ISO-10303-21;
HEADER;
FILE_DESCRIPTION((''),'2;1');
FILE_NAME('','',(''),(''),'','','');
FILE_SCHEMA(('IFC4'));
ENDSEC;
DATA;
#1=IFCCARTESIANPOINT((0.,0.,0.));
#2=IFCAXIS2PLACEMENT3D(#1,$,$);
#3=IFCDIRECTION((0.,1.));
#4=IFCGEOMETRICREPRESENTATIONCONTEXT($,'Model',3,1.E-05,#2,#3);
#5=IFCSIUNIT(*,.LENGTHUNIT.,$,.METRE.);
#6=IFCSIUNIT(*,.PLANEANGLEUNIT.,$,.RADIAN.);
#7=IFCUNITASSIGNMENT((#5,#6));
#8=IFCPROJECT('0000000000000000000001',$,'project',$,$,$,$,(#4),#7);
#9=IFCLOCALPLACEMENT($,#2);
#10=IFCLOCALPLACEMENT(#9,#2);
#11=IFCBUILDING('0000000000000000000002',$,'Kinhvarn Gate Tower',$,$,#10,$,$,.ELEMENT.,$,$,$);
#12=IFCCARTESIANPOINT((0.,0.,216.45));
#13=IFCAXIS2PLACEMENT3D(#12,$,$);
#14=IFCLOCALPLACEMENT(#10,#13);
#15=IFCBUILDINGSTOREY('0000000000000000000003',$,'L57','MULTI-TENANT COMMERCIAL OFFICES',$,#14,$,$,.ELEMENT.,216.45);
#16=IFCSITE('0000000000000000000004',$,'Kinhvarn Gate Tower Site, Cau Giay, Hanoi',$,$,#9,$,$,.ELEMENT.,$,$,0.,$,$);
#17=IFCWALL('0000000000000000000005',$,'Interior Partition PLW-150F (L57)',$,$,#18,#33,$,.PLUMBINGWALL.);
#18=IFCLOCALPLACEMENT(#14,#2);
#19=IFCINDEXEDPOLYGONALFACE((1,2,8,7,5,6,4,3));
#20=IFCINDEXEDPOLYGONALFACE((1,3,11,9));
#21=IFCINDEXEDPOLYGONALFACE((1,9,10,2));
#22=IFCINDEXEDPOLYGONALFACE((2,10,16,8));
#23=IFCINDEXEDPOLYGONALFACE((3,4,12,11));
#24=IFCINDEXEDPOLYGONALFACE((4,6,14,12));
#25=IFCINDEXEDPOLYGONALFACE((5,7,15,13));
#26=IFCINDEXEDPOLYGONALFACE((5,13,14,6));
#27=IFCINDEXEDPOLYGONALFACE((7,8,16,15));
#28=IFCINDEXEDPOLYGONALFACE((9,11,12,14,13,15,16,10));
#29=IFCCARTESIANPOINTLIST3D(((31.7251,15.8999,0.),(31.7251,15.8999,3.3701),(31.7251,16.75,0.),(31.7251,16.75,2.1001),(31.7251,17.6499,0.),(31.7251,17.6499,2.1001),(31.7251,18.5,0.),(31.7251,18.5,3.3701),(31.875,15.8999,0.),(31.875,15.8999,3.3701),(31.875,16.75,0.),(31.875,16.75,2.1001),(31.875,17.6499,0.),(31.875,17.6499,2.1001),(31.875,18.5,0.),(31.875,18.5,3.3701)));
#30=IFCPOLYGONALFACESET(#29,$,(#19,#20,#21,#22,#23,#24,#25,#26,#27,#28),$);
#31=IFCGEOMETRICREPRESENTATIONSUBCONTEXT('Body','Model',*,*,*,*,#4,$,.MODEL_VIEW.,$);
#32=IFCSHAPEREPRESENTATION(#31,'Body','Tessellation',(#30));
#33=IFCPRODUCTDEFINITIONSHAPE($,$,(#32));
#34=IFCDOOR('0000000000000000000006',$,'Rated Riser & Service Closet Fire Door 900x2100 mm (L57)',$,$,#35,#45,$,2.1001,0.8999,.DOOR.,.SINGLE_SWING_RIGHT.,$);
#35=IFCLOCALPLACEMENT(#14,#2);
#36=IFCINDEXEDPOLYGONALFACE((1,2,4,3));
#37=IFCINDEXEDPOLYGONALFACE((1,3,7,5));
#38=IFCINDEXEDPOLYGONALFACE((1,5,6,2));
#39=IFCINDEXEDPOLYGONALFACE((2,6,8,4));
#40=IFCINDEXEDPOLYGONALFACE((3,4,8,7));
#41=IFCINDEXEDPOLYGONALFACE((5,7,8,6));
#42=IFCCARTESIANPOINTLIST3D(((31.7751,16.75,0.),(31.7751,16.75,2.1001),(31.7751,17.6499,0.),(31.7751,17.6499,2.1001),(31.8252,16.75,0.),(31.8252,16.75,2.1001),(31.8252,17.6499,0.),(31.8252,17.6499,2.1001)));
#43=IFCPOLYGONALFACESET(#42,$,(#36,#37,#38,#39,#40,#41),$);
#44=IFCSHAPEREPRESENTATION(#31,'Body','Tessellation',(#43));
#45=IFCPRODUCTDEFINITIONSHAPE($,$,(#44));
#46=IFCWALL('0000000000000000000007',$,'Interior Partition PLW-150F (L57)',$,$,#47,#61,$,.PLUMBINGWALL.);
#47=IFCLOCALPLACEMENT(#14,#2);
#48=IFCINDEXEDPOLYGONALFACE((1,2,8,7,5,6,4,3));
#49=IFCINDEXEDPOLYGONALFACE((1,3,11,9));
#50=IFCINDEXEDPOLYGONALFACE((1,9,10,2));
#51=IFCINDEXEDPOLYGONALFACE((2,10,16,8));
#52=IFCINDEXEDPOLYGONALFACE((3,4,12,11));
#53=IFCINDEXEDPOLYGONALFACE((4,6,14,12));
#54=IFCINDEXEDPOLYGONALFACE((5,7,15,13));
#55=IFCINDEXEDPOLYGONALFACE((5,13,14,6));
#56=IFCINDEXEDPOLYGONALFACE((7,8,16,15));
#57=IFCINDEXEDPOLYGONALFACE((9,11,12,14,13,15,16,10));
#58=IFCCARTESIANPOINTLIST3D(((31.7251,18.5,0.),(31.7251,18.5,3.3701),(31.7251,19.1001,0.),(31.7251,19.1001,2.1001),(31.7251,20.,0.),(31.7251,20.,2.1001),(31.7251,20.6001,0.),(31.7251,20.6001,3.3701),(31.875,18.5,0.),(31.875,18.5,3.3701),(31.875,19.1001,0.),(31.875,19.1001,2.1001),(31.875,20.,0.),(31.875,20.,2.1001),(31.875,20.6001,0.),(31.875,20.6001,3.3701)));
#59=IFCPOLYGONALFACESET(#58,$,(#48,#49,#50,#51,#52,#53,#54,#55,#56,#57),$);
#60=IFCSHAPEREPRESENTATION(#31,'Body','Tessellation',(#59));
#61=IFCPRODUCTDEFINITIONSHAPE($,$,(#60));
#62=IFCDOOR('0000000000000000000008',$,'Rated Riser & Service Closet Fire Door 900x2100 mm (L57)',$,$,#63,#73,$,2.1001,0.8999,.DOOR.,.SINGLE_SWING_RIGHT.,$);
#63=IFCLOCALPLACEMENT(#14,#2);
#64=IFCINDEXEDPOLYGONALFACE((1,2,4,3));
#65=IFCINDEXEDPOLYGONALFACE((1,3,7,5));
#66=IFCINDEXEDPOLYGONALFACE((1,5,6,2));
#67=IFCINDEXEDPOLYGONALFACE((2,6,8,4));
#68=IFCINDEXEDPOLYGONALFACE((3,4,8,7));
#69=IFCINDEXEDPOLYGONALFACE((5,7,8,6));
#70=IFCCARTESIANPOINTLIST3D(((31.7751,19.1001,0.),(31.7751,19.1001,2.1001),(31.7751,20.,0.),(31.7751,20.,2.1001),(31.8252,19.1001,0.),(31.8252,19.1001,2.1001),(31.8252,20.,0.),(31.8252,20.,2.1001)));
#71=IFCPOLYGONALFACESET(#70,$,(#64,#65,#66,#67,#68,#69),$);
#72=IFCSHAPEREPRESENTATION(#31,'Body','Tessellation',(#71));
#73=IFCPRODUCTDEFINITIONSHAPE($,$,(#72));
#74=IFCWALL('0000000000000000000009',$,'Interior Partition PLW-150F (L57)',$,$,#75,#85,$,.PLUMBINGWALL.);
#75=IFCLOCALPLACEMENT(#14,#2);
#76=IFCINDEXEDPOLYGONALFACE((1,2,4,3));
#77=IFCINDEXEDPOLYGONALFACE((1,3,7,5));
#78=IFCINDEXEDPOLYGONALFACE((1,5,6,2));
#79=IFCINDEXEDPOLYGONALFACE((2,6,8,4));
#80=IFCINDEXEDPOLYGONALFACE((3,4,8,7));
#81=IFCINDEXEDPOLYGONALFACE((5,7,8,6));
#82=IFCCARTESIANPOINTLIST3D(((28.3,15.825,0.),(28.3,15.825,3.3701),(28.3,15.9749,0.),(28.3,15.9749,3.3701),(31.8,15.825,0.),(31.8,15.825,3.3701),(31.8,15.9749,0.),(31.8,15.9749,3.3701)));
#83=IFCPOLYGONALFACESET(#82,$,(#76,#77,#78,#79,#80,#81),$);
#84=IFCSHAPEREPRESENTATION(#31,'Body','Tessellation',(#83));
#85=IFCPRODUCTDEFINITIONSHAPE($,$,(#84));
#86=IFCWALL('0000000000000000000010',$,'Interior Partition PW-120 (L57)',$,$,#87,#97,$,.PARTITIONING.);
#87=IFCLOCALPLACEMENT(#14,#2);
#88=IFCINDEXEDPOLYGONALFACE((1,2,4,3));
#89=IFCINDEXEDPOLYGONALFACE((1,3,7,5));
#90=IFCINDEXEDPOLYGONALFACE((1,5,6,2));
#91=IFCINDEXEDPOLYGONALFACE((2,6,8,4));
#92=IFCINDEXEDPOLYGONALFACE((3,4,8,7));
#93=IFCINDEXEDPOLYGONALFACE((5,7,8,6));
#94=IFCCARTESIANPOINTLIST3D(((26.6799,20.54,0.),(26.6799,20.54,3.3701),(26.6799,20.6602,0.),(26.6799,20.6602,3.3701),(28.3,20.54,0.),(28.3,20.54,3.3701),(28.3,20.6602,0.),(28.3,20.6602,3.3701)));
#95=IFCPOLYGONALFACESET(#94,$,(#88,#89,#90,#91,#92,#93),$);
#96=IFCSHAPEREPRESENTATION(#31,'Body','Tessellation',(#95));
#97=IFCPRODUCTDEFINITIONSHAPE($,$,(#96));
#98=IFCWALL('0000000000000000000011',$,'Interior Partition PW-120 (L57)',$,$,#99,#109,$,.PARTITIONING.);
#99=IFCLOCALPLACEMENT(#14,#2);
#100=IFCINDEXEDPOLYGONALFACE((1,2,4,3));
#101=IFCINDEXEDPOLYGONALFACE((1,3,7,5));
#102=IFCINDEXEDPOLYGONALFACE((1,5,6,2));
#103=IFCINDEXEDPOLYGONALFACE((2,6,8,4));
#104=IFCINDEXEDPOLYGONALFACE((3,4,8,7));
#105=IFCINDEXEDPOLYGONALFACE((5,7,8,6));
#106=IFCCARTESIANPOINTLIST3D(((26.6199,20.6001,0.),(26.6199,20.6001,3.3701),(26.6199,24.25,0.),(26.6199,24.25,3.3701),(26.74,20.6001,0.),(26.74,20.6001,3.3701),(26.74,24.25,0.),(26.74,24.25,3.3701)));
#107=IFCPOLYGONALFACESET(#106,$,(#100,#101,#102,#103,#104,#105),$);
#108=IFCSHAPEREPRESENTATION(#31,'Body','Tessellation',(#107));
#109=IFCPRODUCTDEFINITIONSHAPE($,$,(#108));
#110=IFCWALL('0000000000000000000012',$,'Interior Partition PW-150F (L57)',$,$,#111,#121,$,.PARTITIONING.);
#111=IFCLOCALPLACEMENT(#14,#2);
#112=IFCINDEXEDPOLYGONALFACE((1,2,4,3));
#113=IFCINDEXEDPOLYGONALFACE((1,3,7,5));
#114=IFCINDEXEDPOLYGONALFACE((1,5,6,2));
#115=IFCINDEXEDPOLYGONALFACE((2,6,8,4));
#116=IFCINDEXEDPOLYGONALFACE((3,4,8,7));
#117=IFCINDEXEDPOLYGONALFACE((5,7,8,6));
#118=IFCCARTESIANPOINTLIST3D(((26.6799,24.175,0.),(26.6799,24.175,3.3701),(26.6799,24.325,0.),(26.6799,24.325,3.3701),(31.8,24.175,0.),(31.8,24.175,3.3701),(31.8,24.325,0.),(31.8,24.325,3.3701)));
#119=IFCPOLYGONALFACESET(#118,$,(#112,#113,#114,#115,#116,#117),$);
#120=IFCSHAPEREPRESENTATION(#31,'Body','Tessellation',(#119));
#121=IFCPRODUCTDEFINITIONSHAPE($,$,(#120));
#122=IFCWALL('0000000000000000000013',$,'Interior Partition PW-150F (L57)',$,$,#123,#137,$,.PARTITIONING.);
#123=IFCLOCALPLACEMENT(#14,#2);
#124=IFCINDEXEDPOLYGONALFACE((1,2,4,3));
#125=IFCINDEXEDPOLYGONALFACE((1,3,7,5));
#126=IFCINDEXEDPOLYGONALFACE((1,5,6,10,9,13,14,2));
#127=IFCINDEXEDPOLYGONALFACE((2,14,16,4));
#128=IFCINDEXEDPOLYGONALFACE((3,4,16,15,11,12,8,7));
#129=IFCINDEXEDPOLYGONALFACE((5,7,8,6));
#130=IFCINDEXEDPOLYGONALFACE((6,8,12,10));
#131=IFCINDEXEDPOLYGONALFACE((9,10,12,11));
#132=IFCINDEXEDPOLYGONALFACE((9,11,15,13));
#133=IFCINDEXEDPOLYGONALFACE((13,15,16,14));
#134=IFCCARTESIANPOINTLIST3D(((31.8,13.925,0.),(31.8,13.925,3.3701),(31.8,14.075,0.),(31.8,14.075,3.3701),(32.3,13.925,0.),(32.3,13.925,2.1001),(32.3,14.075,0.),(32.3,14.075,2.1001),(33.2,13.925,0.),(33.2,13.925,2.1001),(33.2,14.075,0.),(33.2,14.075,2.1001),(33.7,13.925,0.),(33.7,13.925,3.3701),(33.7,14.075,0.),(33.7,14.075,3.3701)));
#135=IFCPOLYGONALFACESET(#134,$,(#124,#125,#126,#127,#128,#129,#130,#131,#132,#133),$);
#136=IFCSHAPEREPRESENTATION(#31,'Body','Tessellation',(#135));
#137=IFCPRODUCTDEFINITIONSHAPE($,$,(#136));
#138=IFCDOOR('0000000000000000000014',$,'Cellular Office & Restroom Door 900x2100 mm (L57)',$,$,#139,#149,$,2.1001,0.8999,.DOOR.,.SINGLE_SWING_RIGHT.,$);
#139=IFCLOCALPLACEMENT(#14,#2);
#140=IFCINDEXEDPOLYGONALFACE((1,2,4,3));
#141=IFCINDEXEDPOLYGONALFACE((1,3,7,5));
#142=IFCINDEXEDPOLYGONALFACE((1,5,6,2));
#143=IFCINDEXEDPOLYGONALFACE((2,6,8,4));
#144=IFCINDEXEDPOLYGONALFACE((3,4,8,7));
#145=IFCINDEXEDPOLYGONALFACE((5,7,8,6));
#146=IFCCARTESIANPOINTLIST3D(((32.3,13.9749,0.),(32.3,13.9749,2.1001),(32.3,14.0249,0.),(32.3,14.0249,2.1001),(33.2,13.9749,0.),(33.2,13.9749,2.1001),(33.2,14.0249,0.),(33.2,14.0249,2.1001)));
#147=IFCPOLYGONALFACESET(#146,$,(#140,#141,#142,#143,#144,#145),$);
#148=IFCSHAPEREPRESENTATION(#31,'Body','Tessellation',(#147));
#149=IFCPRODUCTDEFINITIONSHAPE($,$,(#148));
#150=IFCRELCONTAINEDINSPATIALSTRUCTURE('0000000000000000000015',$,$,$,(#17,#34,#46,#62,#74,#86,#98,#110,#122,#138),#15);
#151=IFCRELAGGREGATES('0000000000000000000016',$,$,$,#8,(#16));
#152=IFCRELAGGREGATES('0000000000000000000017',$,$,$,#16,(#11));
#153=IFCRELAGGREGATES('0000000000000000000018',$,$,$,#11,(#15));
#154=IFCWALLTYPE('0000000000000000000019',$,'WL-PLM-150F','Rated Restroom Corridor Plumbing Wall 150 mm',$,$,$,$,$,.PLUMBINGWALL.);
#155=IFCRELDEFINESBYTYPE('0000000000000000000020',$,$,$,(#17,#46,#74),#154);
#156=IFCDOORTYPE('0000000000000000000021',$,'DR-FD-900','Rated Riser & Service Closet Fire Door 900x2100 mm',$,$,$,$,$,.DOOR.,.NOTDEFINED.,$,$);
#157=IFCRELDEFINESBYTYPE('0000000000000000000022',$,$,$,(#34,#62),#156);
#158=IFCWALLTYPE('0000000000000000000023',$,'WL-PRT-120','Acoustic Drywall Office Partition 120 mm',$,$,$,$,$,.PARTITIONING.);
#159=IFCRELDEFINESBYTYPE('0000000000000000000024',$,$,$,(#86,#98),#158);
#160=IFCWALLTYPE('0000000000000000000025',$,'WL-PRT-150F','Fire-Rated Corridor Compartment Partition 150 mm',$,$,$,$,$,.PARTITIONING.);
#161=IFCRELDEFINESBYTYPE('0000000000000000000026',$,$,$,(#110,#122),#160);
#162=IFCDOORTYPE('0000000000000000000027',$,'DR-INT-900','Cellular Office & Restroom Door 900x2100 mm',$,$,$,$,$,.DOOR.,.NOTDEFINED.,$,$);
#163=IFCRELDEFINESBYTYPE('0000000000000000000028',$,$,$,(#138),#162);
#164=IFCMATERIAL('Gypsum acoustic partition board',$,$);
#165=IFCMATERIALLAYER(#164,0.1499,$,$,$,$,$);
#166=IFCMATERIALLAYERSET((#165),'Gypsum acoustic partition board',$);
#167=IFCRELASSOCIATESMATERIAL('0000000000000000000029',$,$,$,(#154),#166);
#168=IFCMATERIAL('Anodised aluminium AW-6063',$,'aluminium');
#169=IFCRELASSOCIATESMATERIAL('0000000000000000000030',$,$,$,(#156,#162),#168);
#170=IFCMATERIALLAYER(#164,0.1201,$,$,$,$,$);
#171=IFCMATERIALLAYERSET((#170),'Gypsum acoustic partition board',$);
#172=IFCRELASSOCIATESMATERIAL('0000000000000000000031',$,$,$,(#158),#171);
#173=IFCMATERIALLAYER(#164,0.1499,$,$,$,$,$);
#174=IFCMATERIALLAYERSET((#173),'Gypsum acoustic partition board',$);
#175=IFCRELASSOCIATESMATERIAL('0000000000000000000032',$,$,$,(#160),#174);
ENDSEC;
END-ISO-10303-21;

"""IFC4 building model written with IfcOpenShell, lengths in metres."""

from ifc_helpers import new_model, si_unit, direction, frame, frame_2d, origin, place, context, subcontext, project, spatial, rectangle, extrude, material, layer, layer_set, type_object, element, fill, save


model = new_model("IFC4")

# Units and contexts
model_context = context("Model", 3, precision=1e-05, world=origin(), true_north=direction((0.0, 1.0)))
body_context = subcontext(model_context, "Body", "Model", "MODEL_VIEW")
ifc_project = project(units=[si_unit("LENGTHUNIT", "METRE"), si_unit("PLANEANGLEUNIT", "RADIAN")], contexts=[model_context])

# Site, building, storey
site_placement = place(None, origin())
site = spatial("IfcSite", under=ifc_project, at=site_placement, Name="Kinhvarn Gate Tower Site, Cau Giay, Hanoi", CompositionType="ELEMENT", RefElevation=0.0)
building_placement = place(site_placement, origin())
building = spatial("IfcBuilding", under=site, at=building_placement, Name="Kinhvarn Gate Tower", CompositionType="ELEMENT")
storey_placement = place(building_placement, frame((0.0, 0.0, 216.45)))
storey = spatial("IfcBuildingStorey", under=building, at=storey_placement, Name="L57", Description="MULTI-TENANT COMMERCIAL OFFICES", CompositionType="ELEMENT", Elevation=216.45)

# Shared definitions
ifc_material_1 = material(Name="Gypsum acoustic partition board")

# Walls, openings, doors
ifc_layer_1 = layer(ifc_material_1, 0.1499)
ifc_layer_set_1 = layer_set([ifc_layer_1], Name="Gypsum acoustic partition board")
wall_type_1 = type_object("IfcWallType", Name="WL-PLM-150F", Description="Rated Restroom Corridor Plumbing Wall 150 mm", PredefinedType="PLUMBINGWALL", material=ifc_layer_set_1)
wall_1_placement = place(storey_placement, frame((31.8, 15.8999, 0.0), z_axis=(0.0, 0.0, 1.0), x_axis=(0.0, 1.0, 0.0)))
wall_1 = element("IfcWall", 1, at=wall_1_placement, inside=storey, type_object=wall_type_1, Name="Interior Partition PLW-150F (L57)", PredefinedType="PLUMBINGWALL", context=body_context, shape_type="SweptSolid", body=[
    extrude(rectangle(XDim=2.6001, YDim=0.1499, at=frame_2d((1.3, 0.0))), origin(), (0.0, 0.0, 1.0), 3.3701),
])
opening_1_placement = place(wall_1_placement, frame((0.8501, 0.0, 0.0)))
opening_1 = element("IfcOpeningElement", 2, at=opening_1_placement, cuts=wall_1, PredefinedType="OPENING", context=body_context, shape_type="SweptSolid", body=[
    extrude(rectangle(XDim=0.8999, YDim=2.1001, at=frame_2d((0.45, 1.05))), frame((0.0, 0.085, 0.0), z_axis=(0.0, -1.0, 0.0), x_axis=(1.0, 0.0, 0.0)), (0.0, 0.0, 1.0), 0.1699),
])
ifc_material_2 = material(Name="Anodised aluminium AW-6063", Category="aluminium")
door_type_1 = type_object("IfcDoorType", Name="DR-FD-900", Description="Rated Riser & Service Closet Fire Door 900x2100 mm", OperationType="NOTDEFINED", PredefinedType="DOOR", material=ifc_material_2)
door_1_placement = place(opening_1_placement, origin())
door_1 = element("IfcDoor", 3, at=door_1_placement, inside=storey, type_object=door_type_1, Name="Rated Riser & Service Closet Fire Door 900x2100 mm (L57)", OperationType="SINGLE_SWING_RIGHT", OverallHeight=2.1001, OverallWidth=0.8999, PredefinedType="DOOR", context=body_context, shape_type="SweptSolid", body=[
    extrude(rectangle(XDim=0.8999, YDim=2.1001, at=frame_2d((0.45, 1.05))), frame((0.0, 0.0249, 0.0), z_axis=(0.0, -1.0, 0.0), x_axis=(1.0, 0.0, 0.0)), (0.0, 0.0, 1.0), 0.05),
])
fill(opening_1, door_1)
wall_2_placement = place(storey_placement, frame((31.8, 18.5, 0.0), z_axis=(0.0, 0.0, 1.0), x_axis=(0.0, 1.0, 0.0)))
wall_2 = element("IfcWall", 4, at=wall_2_placement, inside=storey, type_object=wall_type_1, Name="Interior Partition PLW-150F (L57)", PredefinedType="PLUMBINGWALL", context=body_context, shape_type="SweptSolid", body=[
    extrude(rectangle(XDim=2.1001, YDim=0.1499, at=frame_2d((1.05, 0.0))), origin(), (0.0, 0.0, 1.0), 3.3701),
])
opening_2_placement = place(wall_2_placement, frame((0.6001, 0.0, 0.0)))
opening_2 = element("IfcOpeningElement", 5, at=opening_2_placement, cuts=wall_2, PredefinedType="OPENING", context=body_context, shape_type="SweptSolid", body=[
    extrude(rectangle(XDim=0.8999, YDim=2.1001, at=frame_2d((0.45, 1.05))), frame((0.0, 0.085, 0.0), z_axis=(0.0, -1.0, 0.0), x_axis=(1.0, 0.0, 0.0)), (0.0, 0.0, 1.0), 0.1699),
])
door_2_placement = place(opening_2_placement, origin())
door_2 = element("IfcDoor", 6, at=door_2_placement, inside=storey, type_object=door_type_1, Name="Rated Riser & Service Closet Fire Door 900x2100 mm (L57)", OperationType="SINGLE_SWING_RIGHT", OverallHeight=2.1001, OverallWidth=0.8999, PredefinedType="DOOR", context=body_context, shape_type="SweptSolid", body=[
    extrude(rectangle(XDim=0.8999, YDim=2.1001, at=frame_2d((0.45, 1.05))), frame((0.0, 0.0249, 0.0), z_axis=(0.0, -1.0, 0.0), x_axis=(1.0, 0.0, 0.0)), (0.0, 0.0, 1.0), 0.05),
])
fill(opening_2, door_2)

# Walls
wall_3_placement = place(storey_placement, frame((28.3, 15.8999, 0.0), z_axis=(0.0, 0.0, 1.0), x_axis=(1.0, 0.0, 0.0)))
element("IfcWall", 7, at=wall_3_placement, inside=storey, type_object=wall_type_1, Name="Interior Partition PLW-150F (L57)", PredefinedType="PLUMBINGWALL", context=body_context, shape_type="SweptSolid", body=[
    extrude(rectangle(XDim=3.5, YDim=0.1499, at=frame_2d((1.75, 0.0))), origin(), (0.0, 0.0, 1.0), 3.3701),
])
ifc_layer_2 = layer(ifc_material_1, 0.1201)
ifc_layer_set_2 = layer_set([ifc_layer_2], Name="Gypsum acoustic partition board")
wall_type_2 = type_object("IfcWallType", Name="WL-PRT-120", Description="Acoustic Drywall Office Partition 120 mm", PredefinedType="PARTITIONING", material=ifc_layer_set_2)
wall_4_placement = place(storey_placement, frame((26.6799, 20.6001, 0.0), z_axis=(0.0, 0.0, 1.0), x_axis=(1.0, 0.0, 0.0)))
element("IfcWall", 8, at=wall_4_placement, inside=storey, type_object=wall_type_2, Name="Interior Partition PW-120 (L57)", PredefinedType="PARTITIONING", context=body_context, shape_type="SweptSolid", body=[
    extrude(rectangle(XDim=1.6201, YDim=0.1201, at=frame_2d((0.8101, 0.0))), origin(), (0.0, 0.0, 1.0), 3.3701),
])
wall_5_placement = place(storey_placement, frame((26.6799, 20.6001, 0.0), z_axis=(0.0, 0.0, 1.0), x_axis=(0.0, 1.0, 0.0)))
element("IfcWall", 9, at=wall_5_placement, inside=storey, type_object=wall_type_2, Name="Interior Partition PW-120 (L57)", PredefinedType="PARTITIONING", context=body_context, shape_type="SweptSolid", body=[
    extrude(rectangle(XDim=3.6499, YDim=0.1201, at=frame_2d((1.825, 0.0))), origin(), (0.0, 0.0, 1.0), 3.3701),
])
ifc_layer_3 = layer(ifc_material_1, 0.1499)
ifc_layer_set_3 = layer_set([ifc_layer_3], Name="Gypsum acoustic partition board")
wall_type_3 = type_object("IfcWallType", Name="WL-PRT-150F", Description="Fire-Rated Corridor Compartment Partition 150 mm", PredefinedType="PARTITIONING", material=ifc_layer_set_3)
wall_6_placement = place(storey_placement, frame((26.6799, 24.25, 0.0), z_axis=(0.0, 0.0, 1.0), x_axis=(1.0, 0.0, 0.0)))
element("IfcWall", 10, at=wall_6_placement, inside=storey, type_object=wall_type_3, Name="Interior Partition PW-150F (L57)", PredefinedType="PARTITIONING", context=body_context, shape_type="SweptSolid", body=[
    extrude(rectangle(XDim=5.1201, YDim=0.1499, at=frame_2d((2.5601, 0.0))), origin(), (0.0, 0.0, 1.0), 3.3701),
])

# Wall, opening, door
wall_7_placement = place(storey_placement, frame((31.8, 14.0, 0.0), z_axis=(0.0, 0.0, 1.0), x_axis=(1.0, 0.0, 0.0)))
wall_7 = element("IfcWall", 11, at=wall_7_placement, inside=storey, type_object=wall_type_3, Name="Interior Partition PW-150F (L57)", PredefinedType="PARTITIONING", context=body_context, shape_type="SweptSolid", body=[
    extrude(rectangle(XDim=1.8999, YDim=0.1499, at=frame_2d((0.95, 0.0))), origin(), (0.0, 0.0, 1.0), 3.3701),
])
opening_3_placement = place(wall_7_placement, frame((0.5, 0.0, 0.0)))
opening_3 = element("IfcOpeningElement", 12, at=opening_3_placement, cuts=wall_7, PredefinedType="OPENING", context=body_context, shape_type="SweptSolid", body=[
    extrude(rectangle(XDim=0.8999, YDim=2.1001, at=frame_2d((0.45, 1.05))), frame((0.0, 0.085, 0.0), z_axis=(0.0, -1.0, 0.0), x_axis=(1.0, 0.0, 0.0)), (0.0, 0.0, 1.0), 0.1699),
])
door_type_2 = type_object("IfcDoorType", Name="DR-INT-900", Description="Cellular Office & Restroom Door 900x2100 mm", OperationType="NOTDEFINED", PredefinedType="DOOR", material=ifc_material_2)
door_3_placement = place(opening_3_placement, origin())
door_3 = element("IfcDoor", 13, at=door_3_placement, inside=storey, type_object=door_type_2, Name="Cellular Office & Restroom Door 900x2100 mm (L57)", OperationType="SINGLE_SWING_RIGHT", OverallHeight=2.1001, OverallWidth=0.8999, PredefinedType="DOOR", context=body_context, shape_type="SweptSolid", body=[
    extrude(rectangle(XDim=0.8999, YDim=2.1001, at=frame_2d((0.45, 1.05))), frame((0.0, 0.0249, 0.0), z_axis=(0.0, -1.0, 0.0), x_axis=(1.0, 0.0, 0.0)), (0.0, 0.0, 1.0), 0.05),
])
fill(opening_3, door_3)

save(model, "model.ifc")
